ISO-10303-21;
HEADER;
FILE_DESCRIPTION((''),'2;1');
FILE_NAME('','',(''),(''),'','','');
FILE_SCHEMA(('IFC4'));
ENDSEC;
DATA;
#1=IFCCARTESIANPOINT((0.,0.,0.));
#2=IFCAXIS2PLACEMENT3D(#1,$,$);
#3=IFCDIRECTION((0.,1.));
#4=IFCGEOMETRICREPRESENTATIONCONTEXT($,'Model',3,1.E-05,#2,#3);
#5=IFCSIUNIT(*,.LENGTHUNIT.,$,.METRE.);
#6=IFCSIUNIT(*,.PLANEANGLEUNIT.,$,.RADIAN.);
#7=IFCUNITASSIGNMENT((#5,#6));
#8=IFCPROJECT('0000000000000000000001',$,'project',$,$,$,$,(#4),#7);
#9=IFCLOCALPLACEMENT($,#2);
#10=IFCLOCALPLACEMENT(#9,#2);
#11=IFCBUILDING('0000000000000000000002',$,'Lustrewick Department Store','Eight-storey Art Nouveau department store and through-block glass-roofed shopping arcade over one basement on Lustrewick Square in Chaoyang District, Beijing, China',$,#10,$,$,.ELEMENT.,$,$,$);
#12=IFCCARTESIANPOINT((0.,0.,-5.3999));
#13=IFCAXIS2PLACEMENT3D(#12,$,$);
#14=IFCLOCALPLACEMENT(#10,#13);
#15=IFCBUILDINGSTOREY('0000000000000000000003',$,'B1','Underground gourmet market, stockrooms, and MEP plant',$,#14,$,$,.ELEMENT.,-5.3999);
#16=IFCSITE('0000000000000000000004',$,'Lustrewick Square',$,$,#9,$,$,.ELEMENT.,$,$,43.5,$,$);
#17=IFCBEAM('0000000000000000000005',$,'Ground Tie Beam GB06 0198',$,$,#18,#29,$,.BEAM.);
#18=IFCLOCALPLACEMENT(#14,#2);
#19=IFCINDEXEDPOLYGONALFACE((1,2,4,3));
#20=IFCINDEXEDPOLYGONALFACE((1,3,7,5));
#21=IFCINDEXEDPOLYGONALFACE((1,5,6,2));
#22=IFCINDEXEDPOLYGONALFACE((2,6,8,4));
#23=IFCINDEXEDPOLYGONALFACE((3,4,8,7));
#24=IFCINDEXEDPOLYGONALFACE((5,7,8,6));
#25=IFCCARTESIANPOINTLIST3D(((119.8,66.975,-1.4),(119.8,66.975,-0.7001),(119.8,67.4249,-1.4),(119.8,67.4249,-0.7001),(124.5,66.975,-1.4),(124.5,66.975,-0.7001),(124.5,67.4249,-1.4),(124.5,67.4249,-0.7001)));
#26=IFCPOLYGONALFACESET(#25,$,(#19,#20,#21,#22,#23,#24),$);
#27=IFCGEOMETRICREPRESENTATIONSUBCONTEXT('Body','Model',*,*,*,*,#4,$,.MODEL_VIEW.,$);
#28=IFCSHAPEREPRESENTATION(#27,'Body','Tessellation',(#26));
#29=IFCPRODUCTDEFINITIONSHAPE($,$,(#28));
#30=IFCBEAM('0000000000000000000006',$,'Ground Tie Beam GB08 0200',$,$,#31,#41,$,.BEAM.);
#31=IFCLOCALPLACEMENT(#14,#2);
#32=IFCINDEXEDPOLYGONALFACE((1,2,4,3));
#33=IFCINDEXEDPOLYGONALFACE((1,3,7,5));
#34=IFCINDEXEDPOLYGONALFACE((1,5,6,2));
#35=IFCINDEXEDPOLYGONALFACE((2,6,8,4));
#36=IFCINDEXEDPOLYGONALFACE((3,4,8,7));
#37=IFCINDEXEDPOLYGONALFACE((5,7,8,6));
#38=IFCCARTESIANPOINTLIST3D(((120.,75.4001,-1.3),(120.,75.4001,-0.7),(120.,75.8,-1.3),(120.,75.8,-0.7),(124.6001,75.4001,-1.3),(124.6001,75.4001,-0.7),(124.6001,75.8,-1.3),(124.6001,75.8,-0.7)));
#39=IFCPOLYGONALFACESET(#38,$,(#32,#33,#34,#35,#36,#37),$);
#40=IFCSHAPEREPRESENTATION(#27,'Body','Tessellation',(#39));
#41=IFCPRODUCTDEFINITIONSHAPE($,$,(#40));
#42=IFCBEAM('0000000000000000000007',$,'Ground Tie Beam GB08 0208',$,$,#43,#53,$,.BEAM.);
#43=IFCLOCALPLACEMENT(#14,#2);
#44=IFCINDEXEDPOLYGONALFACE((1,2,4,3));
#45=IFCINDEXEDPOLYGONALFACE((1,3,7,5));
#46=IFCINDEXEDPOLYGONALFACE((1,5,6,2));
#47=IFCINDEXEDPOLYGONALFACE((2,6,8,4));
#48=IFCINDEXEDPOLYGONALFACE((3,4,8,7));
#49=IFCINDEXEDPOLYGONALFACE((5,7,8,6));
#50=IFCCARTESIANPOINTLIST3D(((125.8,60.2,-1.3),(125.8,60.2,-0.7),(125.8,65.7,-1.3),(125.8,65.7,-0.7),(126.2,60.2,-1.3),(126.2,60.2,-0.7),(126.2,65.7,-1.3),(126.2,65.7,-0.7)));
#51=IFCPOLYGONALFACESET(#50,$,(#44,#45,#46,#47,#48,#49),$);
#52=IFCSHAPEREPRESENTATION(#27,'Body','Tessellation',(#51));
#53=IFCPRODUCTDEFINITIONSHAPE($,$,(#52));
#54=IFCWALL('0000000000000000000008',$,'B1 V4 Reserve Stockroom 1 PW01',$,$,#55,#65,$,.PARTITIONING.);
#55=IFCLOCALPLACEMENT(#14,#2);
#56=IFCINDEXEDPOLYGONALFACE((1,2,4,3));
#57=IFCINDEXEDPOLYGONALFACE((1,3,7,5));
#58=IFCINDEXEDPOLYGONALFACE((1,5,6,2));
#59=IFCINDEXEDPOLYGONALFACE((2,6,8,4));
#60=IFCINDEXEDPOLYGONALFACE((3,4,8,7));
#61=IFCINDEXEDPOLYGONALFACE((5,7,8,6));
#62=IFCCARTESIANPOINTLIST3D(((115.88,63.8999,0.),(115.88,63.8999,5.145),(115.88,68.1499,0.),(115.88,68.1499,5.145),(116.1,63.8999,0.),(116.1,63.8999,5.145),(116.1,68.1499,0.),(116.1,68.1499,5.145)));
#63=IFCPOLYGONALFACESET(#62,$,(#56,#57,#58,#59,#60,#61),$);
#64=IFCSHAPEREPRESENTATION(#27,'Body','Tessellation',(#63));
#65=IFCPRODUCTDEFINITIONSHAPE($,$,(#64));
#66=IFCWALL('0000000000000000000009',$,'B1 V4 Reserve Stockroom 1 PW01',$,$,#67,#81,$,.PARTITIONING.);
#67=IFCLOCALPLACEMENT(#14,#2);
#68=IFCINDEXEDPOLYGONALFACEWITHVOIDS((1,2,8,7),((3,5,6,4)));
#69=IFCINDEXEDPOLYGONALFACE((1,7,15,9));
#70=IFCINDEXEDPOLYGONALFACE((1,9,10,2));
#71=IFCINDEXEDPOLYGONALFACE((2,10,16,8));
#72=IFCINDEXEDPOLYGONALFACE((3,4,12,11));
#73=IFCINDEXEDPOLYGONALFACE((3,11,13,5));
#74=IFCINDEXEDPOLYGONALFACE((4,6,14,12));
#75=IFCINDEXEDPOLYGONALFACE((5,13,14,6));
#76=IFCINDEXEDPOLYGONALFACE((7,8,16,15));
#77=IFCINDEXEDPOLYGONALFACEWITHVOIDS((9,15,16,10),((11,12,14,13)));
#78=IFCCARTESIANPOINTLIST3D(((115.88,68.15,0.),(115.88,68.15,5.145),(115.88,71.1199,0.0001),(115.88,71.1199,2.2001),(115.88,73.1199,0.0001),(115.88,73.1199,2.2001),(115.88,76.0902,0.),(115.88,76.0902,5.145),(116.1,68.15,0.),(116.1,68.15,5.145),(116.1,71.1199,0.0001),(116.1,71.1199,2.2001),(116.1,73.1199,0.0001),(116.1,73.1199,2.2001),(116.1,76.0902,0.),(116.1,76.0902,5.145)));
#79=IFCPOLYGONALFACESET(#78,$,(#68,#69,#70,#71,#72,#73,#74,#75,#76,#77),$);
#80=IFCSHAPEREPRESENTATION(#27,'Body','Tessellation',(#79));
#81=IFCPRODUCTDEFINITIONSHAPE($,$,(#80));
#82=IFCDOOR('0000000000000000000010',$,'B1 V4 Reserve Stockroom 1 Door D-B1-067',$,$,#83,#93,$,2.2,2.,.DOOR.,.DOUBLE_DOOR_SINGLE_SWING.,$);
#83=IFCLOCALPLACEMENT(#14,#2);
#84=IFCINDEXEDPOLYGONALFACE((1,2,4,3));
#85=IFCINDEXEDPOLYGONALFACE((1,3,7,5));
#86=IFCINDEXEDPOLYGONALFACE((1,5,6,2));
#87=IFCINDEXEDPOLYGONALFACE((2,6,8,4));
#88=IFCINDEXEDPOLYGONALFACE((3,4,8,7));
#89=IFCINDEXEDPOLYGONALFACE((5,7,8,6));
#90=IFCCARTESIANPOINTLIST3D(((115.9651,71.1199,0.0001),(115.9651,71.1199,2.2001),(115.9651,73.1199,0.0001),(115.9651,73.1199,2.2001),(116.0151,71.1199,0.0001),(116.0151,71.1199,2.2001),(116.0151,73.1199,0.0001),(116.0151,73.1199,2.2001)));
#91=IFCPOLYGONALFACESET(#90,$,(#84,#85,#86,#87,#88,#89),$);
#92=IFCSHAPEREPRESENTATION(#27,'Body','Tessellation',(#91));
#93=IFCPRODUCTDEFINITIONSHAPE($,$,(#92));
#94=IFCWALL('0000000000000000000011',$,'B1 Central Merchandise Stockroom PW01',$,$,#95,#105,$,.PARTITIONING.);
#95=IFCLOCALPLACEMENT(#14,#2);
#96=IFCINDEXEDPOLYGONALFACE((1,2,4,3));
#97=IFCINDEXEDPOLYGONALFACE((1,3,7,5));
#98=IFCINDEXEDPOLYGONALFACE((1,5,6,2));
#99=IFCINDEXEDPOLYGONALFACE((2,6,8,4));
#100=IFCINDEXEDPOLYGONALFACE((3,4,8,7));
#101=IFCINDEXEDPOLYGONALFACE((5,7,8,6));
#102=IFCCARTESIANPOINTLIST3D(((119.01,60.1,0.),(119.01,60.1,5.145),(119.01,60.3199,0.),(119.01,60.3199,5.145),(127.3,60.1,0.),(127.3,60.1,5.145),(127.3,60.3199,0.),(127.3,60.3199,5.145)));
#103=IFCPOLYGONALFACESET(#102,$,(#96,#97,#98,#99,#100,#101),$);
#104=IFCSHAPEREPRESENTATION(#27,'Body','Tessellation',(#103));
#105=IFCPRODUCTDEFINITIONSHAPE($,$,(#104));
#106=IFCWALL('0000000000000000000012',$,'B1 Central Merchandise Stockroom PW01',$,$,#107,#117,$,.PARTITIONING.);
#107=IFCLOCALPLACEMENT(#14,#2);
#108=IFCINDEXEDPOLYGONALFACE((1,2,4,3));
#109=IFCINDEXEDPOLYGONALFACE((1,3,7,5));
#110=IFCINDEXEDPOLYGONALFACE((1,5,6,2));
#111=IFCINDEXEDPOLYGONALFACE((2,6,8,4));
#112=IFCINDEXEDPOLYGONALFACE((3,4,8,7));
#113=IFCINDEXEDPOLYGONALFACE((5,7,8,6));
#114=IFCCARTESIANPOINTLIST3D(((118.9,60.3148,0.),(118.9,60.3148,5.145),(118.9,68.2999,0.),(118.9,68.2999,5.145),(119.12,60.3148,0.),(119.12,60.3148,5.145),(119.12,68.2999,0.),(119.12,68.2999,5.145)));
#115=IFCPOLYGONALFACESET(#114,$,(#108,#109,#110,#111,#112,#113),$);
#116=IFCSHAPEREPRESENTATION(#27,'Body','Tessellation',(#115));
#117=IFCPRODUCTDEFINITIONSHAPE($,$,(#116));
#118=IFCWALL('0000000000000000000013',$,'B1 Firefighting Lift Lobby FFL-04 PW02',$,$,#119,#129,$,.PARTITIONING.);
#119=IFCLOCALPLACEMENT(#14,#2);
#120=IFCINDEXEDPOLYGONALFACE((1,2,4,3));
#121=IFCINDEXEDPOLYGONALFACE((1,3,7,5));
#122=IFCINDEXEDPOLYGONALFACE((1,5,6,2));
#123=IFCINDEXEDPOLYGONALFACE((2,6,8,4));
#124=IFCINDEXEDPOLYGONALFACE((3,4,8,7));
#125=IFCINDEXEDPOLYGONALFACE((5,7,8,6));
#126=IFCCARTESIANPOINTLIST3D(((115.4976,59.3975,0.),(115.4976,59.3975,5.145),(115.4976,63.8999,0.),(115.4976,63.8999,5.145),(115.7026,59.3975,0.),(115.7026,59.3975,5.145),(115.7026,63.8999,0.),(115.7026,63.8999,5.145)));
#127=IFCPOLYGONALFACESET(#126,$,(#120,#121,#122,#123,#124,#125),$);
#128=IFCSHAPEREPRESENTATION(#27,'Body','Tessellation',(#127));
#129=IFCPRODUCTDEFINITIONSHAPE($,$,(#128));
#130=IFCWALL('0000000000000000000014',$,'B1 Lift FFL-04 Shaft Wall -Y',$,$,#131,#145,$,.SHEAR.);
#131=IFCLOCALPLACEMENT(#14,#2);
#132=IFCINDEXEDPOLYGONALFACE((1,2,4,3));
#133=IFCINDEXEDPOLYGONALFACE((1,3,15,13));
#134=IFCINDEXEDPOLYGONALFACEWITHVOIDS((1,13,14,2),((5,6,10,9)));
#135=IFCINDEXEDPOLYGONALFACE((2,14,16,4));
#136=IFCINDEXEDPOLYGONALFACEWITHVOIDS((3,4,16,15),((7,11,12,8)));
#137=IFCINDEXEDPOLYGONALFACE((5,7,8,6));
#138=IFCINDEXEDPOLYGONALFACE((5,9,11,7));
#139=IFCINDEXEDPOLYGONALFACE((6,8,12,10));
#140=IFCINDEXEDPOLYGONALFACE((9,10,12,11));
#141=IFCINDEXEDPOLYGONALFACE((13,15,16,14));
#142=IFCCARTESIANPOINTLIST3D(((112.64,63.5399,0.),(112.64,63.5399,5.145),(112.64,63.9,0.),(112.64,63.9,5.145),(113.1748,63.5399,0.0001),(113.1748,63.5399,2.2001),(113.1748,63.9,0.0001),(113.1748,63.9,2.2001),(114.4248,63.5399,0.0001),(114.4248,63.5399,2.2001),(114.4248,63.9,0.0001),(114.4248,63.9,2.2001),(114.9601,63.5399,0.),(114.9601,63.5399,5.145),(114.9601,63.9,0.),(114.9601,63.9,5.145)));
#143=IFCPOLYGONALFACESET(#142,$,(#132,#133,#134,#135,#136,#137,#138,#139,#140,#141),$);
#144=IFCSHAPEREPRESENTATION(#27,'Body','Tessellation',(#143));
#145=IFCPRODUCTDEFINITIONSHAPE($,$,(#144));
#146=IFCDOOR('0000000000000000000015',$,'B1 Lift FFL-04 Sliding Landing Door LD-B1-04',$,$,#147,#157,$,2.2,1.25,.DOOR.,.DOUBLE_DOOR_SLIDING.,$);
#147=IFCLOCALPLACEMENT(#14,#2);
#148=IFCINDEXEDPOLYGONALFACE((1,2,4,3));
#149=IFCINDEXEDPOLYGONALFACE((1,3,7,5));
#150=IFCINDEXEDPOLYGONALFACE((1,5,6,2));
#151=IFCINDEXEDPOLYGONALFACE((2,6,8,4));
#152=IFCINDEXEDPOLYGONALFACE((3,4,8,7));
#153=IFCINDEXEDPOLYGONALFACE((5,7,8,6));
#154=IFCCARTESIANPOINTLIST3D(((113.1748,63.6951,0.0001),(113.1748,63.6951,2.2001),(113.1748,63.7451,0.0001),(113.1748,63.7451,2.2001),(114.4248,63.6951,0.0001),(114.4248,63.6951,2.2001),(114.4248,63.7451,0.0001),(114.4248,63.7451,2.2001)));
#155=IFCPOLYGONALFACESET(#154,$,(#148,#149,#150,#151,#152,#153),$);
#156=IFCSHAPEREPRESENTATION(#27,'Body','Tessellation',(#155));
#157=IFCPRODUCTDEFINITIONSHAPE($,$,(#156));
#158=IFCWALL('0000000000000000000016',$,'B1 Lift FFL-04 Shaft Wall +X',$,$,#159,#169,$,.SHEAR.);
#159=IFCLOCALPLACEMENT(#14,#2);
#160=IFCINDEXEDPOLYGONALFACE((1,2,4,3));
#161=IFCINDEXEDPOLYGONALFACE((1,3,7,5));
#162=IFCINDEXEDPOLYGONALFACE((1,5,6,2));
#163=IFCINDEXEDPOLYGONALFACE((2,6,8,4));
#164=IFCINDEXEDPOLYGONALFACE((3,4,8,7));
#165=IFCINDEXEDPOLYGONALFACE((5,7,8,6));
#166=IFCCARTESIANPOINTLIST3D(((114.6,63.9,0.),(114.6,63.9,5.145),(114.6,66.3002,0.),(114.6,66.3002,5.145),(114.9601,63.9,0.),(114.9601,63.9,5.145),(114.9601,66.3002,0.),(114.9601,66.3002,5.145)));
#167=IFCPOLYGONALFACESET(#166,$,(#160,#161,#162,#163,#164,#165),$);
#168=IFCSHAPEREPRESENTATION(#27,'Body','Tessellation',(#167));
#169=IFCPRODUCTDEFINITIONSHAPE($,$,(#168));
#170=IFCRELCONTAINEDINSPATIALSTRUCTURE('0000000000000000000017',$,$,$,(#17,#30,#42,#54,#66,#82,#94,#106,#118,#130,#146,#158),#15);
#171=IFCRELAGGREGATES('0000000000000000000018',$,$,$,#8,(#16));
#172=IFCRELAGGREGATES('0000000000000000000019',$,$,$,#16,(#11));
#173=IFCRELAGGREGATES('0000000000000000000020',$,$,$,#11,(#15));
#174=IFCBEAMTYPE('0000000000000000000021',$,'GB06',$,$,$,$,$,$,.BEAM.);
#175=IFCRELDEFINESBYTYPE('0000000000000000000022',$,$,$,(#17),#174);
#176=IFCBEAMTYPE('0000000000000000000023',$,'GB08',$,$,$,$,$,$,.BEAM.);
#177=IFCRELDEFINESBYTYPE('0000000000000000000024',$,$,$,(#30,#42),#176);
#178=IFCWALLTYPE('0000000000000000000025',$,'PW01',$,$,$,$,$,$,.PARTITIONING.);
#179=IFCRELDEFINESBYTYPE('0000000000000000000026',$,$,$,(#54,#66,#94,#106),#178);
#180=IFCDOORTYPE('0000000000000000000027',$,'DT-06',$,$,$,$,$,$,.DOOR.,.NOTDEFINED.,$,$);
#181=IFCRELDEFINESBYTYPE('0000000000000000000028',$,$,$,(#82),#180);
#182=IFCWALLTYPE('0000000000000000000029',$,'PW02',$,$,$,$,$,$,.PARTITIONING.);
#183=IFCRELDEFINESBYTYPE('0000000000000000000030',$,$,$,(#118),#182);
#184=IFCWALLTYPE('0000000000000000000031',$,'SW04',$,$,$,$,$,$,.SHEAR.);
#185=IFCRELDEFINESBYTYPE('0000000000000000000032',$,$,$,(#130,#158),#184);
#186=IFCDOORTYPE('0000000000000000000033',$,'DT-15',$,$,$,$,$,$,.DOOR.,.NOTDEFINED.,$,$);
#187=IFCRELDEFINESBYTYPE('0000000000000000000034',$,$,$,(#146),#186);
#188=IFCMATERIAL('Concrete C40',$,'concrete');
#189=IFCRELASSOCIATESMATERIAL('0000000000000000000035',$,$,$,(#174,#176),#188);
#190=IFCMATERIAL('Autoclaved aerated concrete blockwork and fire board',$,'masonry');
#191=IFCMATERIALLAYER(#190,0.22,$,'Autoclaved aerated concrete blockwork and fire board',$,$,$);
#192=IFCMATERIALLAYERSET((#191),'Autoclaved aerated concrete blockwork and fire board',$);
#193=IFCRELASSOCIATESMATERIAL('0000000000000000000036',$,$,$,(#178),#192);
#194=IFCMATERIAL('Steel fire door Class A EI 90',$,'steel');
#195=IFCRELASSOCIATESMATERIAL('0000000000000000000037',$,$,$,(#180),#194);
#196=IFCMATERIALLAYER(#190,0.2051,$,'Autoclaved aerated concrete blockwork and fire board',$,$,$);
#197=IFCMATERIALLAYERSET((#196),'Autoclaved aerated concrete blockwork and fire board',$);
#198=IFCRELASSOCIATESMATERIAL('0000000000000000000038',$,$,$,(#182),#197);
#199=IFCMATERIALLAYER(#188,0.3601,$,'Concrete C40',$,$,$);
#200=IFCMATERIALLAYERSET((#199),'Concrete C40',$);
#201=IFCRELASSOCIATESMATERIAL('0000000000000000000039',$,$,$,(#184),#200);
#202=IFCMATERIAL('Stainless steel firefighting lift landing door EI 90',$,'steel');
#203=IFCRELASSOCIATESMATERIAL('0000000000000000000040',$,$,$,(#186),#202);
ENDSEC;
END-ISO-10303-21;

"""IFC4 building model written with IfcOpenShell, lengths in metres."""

from ifc_helpers import new_model, si_unit, direction, frame, frame_2d, origin, origin_2d, place, context, subcontext, project, spatial, rectangle, extrude, material, layer, layer_set, material_profile, profile_set, type_object, element, fill, save


model = new_model("IFC4")

# Units and contexts
model_context = context("Model", 3, precision=1e-05, world=origin(), true_north=direction((0.0, 1.0)))
body_context = subcontext(model_context, "Body", "Model", "MODEL_VIEW")
ifc_project = project(units=[si_unit("LENGTHUNIT", "METRE"), si_unit("PLANEANGLEUNIT", "RADIAN")], contexts=[model_context])

# Site, building, storey
site_placement = place(None, origin())
site = spatial("IfcSite", under=ifc_project, at=site_placement, Name="Lustrewick Square", CompositionType="ELEMENT", RefElevation=43.5)
building_placement = place(site_placement, origin())
building = spatial("IfcBuilding", under=site, at=building_placement, Name="Lustrewick Department Store", Description="Eight-storey Art Nouveau department store and through-block glass-roofed shopping arcade over one basement on Lustrewick Square in Chaoyang District, Beijing, China", CompositionType="ELEMENT")
storey_placement = place(building_placement, frame((0.0, 0.0, -5.3999)))
storey = spatial("IfcBuildingStorey", under=building, at=storey_placement, Name="B1", Description="Underground gourmet market, stockrooms, and MEP plant", CompositionType="ELEMENT", Elevation=-5.3999)

# Shared definitions
ifc_material_1 = material(Name="Concrete C40", Category="concrete")

# Beams
ifc_material_profile_1 = material_profile(ifc_material_1, rectangle(XDim=0.45, YDim=0.7, at=origin_2d()), Name="RC 450x700")
ifc_profile_set_1 = profile_set([ifc_material_profile_1], Name="Concrete C40")
beam_type_1 = type_object("IfcBeamType", Name="GB06", PredefinedType="BEAM", material=ifc_profile_set_1)
beam_1_placement = place(storey_placement, frame((119.8, 67.2, -1.05), z_axis=(1.0, 0.0, 0.0), x_axis=(0.0, 1.0, 0.0)))
element("IfcBeam", 1, at=beam_1_placement, inside=storey, type_object=beam_type_1, Name="Ground Tie Beam GB06 0198", PredefinedType="BEAM", context=body_context, shape_type="SweptSolid", body=[
    extrude(rectangle(XDim=0.45, YDim=0.7, at=origin_2d()), origin(), (0.0, 0.0, 1.0), 4.7),
])
ifc_material_profile_2 = material_profile(ifc_material_1, rectangle(XDim=0.3999, YDim=0.6001, at=origin_2d()), Name="RC 400x600")
ifc_profile_set_2 = profile_set([ifc_material_profile_2], Name="Concrete C40")
beam_type_2 = type_object("IfcBeamType", Name="GB08", PredefinedType="BEAM", material=ifc_profile_set_2)
beam_2_placement = place(storey_placement, frame((120.0, 75.6001, -1.0), z_axis=(1.0, 0.0, 0.0), x_axis=(0.0, 1.0, 0.0)))
element("IfcBeam", 2, at=beam_2_placement, inside=storey, type_object=beam_type_2, Name="Ground Tie Beam GB08 0200", PredefinedType="BEAM", context=body_context, shape_type="SweptSolid", body=[
    extrude(rectangle(XDim=0.3999, YDim=0.6001, at=origin_2d()), origin(), (0.0, 0.0, 1.0), 4.6001),
])
beam_3_placement = place(storey_placement, frame((126.0, 60.2, -1.0), z_axis=(0.0, 1.0, 0.0), x_axis=(-1.0, 0.0, 0.0)))
element("IfcBeam", 3, at=beam_3_placement, inside=storey, type_object=beam_type_2, Name="Ground Tie Beam GB08 0208", PredefinedType="BEAM", context=body_context, shape_type="SweptSolid", body=[
    extrude(rectangle(XDim=0.3999, YDim=0.6001, at=origin_2d()), origin(), (0.0, 0.0, 1.0), 5.5),
])

# Wall
ifc_material_2 = material(Name="Autoclaved aerated concrete blockwork and fire board", Category="masonry")
ifc_layer_1 = layer(ifc_material_2, 0.22, Name="Autoclaved aerated concrete blockwork and fire board")
ifc_layer_set_1 = layer_set([ifc_layer_1], Name="Autoclaved aerated concrete blockwork and fire board")
wall_type_1 = type_object("IfcWallType", Name="PW01", PredefinedType="PARTITIONING", material=ifc_layer_set_1)
wall_1_placement = place(storey_placement, frame((115.99, 63.8999, 0.0), z_axis=(0.0, 0.0, 1.0), x_axis=(0.0, 1.0, 0.0)))
element("IfcWall", 4, at=wall_1_placement, inside=storey, type_object=wall_type_1, Name="B1 V4 Reserve Stockroom 1 PW01", PredefinedType="PARTITIONING", context=body_context, shape_type="SweptSolid", body=[
    extrude(rectangle(XDim=4.25, YDim=0.22, at=frame_2d((2.125, 0.0))), origin(), (0.0, 0.0, 1.0), 5.145),
])

# Wall, opening, door
wall_2_placement = place(storey_placement, frame((115.99, 68.1499, 0.0), z_axis=(0.0, 0.0, 1.0), x_axis=(0.0, 1.0, 0.0)))
wall_2 = element("IfcWall", 5, at=wall_2_placement, inside=storey, type_object=wall_type_1, Name="B1 V4 Reserve Stockroom 1 PW01", PredefinedType="PARTITIONING", context=body_context, shape_type="SweptSolid", body=[
    extrude(rectangle(XDim=7.9402, YDim=0.22, at=frame_2d((3.9702, 0.0))), origin(), (0.0, 0.0, 1.0), 5.145),
])
opening_1_placement = place(wall_2_placement, frame((2.97, 0.0, 0.0)))
opening_1 = element("IfcOpeningElement", 6, at=opening_1_placement, cuts=wall_2, PredefinedType="OPENING", context=body_context, shape_type="SweptSolid", body=[
    extrude(rectangle(XDim=2.0, YDim=2.2, at=frame_2d((1.0, 1.1001))), frame((0.0, 0.1201, 0.0), z_axis=(0.0, -1.0, 0.0), x_axis=(1.0, 0.0, 0.0)), (0.0, 0.0, 1.0), 0.24),
])
ifc_material_3 = material(Name="Steel fire door Class A EI 90", Category="steel")
door_type_1 = type_object("IfcDoorType", Name="DT-06", OperationType="NOTDEFINED", PredefinedType="DOOR", material=ifc_material_3)
door_1_placement = place(opening_1_placement, origin())
door_1 = element("IfcDoor", 7, at=door_1_placement, inside=storey, type_object=door_type_1, Name="B1 V4 Reserve Stockroom 1 Door D-B1-067", OperationType="DOUBLE_DOOR_SINGLE_SWING", OverallHeight=2.2, OverallWidth=2.0, PredefinedType="DOOR", context=body_context, shape_type="SweptSolid", body=[
    extrude(rectangle(XDim=2.0, YDim=2.2, at=frame_2d((1.0, 1.1001))), frame((0.0, 0.0249, 0.0), z_axis=(0.0, -1.0, 0.0), x_axis=(1.0, 0.0, 0.0)), (0.0, 0.0, 1.0), 0.05),
])
fill(opening_1, door_1)

# Walls
wall_3_placement = place(storey_placement, frame((119.01, 60.21, 0.0), z_axis=(0.0, 0.0, 1.0), x_axis=(1.0, 0.0, 0.0)))
element("IfcWall", 8, at=wall_3_placement, inside=storey, type_object=wall_type_1, Name="B1 Central Merchandise Stockroom PW01", PredefinedType="PARTITIONING", context=body_context, shape_type="SweptSolid", body=[
    extrude(rectangle(XDim=8.29, YDim=0.22, at=frame_2d((4.145, 0.0))), origin(), (0.0, 0.0, 1.0), 5.145),
])
wall_4_placement = place(storey_placement, frame((119.01, 68.3, 0.0), z_axis=(0.0, 0.0, 1.0), x_axis=(0.0, -1.0, 0.0)))
element("IfcWall", 9, at=wall_4_placement, inside=storey, type_object=wall_type_1, Name="B1 Central Merchandise Stockroom PW01", PredefinedType="PARTITIONING", context=body_context, shape_type="SweptSolid", body=[
    extrude(rectangle(XDim=7.9851, YDim=0.22, at=frame_2d((3.9927, 0.0))), origin(), (0.0, 0.0, 1.0), 5.145),
])
ifc_layer_2 = layer(ifc_material_2, 0.2051, Name="Autoclaved aerated concrete blockwork and fire board")
ifc_layer_set_2 = layer_set([ifc_layer_2], Name="Autoclaved aerated concrete blockwork and fire board")
wall_type_2 = type_object("IfcWallType", Name="PW02", PredefinedType="PARTITIONING", material=ifc_layer_set_2)
wall_5_placement = place(storey_placement, frame((115.6001, 59.3975, 0.0), z_axis=(0.0, 0.0, 1.0), x_axis=(0.0, 1.0, 0.0)))
element("IfcWall", 10, at=wall_5_placement, inside=storey, type_object=wall_type_2, Name="B1 Firefighting Lift Lobby FFL-04 PW02", PredefinedType="PARTITIONING", context=body_context, shape_type="SweptSolid", body=[
    extrude(rectangle(XDim=4.5024, YDim=0.2051, at=frame_2d((2.2512, 0.0))), origin(), (0.0, 0.0, 1.0), 5.145),
])

# Wall, opening, door
ifc_layer_3 = layer(ifc_material_1, 0.3601, Name="Concrete C40")
ifc_layer_set_3 = layer_set([ifc_layer_3], Name="Concrete C40")
wall_type_3 = type_object("IfcWallType", Name="SW04", PredefinedType="SHEAR", material=ifc_layer_set_3)
wall_6_placement = place(storey_placement, frame((112.6399, 63.72, 0.0), z_axis=(0.0, 0.0, 1.0), x_axis=(1.0, 0.0, 0.0)))
wall_6 = element("IfcWall", 11, at=wall_6_placement, inside=storey, type_object=wall_type_3, Name="B1 Lift FFL-04 Shaft Wall -Y", PredefinedType="SHEAR", context=body_context, shape_type="SweptSolid", body=[
    extrude(rectangle(XDim=2.3201, YDim=0.3601, at=frame_2d((1.1602, 0.0))), origin(), (0.0, 0.0, 1.0), 5.145),
])
opening_2_placement = place(wall_6_placement, frame((0.5349, 0.0, 0.0)))
opening_2 = element("IfcOpeningElement", 12, at=opening_2_placement, cuts=wall_6, PredefinedType="OPENING", context=body_context, shape_type="SweptSolid", body=[
    extrude(rectangle(XDim=1.25, YDim=2.2, at=frame_2d((0.625, 1.1001))), frame((0.0, 0.1899, 0.0), z_axis=(0.0, -1.0, 0.0), x_axis=(1.0, 0.0, 0.0)), (0.0, 0.0, 1.0), 0.3801),
])
ifc_material_4 = material(Name="Stainless steel firefighting lift landing door EI 90", Category="steel")
door_type_2 = type_object("IfcDoorType", Name="DT-15", OperationType="NOTDEFINED", PredefinedType="DOOR", material=ifc_material_4)
door_2_placement = place(opening_2_placement, frame((1.25, 0.0, 0.0), z_axis=(0.0, 0.0, 1.0), x_axis=(-1.0, 0.0, 0.0)))
door_2 = element("IfcDoor", 13, at=door_2_placement, inside=storey, type_object=door_type_2, Name="B1 Lift FFL-04 Sliding Landing Door LD-B1-04", OperationType="DOUBLE_DOOR_SLIDING", OverallHeight=2.2, OverallWidth=1.25, PredefinedType="DOOR", context=body_context, shape_type="SweptSolid", body=[
    extrude(rectangle(XDim=1.25, YDim=2.2, at=frame_2d((0.625, 1.1001))), frame((0.0, 0.0249, 0.0), z_axis=(0.0, -1.0, 0.0), x_axis=(1.0, 0.0, 0.0)), (0.0, 0.0, 1.0), 0.05),
])
fill(opening_2, door_2)

# Wall
wall_7_placement = place(storey_placement, frame((114.78, 63.8999, 0.0), z_axis=(0.0, 0.0, 1.0), x_axis=(0.0, 1.0, 0.0)))
element("IfcWall", 14, at=wall_7_placement, inside=storey, type_object=wall_type_3, Name="B1 Lift FFL-04 Shaft Wall +X", PredefinedType="SHEAR", context=body_context, shape_type="SweptSolid", body=[
    extrude(rectangle(XDim=2.4001, YDim=0.3601, at=frame_2d((1.2002, 0.0))), origin(), (0.0, 0.0, 1.0), 5.145),
])

save(model, "model.ifc")
